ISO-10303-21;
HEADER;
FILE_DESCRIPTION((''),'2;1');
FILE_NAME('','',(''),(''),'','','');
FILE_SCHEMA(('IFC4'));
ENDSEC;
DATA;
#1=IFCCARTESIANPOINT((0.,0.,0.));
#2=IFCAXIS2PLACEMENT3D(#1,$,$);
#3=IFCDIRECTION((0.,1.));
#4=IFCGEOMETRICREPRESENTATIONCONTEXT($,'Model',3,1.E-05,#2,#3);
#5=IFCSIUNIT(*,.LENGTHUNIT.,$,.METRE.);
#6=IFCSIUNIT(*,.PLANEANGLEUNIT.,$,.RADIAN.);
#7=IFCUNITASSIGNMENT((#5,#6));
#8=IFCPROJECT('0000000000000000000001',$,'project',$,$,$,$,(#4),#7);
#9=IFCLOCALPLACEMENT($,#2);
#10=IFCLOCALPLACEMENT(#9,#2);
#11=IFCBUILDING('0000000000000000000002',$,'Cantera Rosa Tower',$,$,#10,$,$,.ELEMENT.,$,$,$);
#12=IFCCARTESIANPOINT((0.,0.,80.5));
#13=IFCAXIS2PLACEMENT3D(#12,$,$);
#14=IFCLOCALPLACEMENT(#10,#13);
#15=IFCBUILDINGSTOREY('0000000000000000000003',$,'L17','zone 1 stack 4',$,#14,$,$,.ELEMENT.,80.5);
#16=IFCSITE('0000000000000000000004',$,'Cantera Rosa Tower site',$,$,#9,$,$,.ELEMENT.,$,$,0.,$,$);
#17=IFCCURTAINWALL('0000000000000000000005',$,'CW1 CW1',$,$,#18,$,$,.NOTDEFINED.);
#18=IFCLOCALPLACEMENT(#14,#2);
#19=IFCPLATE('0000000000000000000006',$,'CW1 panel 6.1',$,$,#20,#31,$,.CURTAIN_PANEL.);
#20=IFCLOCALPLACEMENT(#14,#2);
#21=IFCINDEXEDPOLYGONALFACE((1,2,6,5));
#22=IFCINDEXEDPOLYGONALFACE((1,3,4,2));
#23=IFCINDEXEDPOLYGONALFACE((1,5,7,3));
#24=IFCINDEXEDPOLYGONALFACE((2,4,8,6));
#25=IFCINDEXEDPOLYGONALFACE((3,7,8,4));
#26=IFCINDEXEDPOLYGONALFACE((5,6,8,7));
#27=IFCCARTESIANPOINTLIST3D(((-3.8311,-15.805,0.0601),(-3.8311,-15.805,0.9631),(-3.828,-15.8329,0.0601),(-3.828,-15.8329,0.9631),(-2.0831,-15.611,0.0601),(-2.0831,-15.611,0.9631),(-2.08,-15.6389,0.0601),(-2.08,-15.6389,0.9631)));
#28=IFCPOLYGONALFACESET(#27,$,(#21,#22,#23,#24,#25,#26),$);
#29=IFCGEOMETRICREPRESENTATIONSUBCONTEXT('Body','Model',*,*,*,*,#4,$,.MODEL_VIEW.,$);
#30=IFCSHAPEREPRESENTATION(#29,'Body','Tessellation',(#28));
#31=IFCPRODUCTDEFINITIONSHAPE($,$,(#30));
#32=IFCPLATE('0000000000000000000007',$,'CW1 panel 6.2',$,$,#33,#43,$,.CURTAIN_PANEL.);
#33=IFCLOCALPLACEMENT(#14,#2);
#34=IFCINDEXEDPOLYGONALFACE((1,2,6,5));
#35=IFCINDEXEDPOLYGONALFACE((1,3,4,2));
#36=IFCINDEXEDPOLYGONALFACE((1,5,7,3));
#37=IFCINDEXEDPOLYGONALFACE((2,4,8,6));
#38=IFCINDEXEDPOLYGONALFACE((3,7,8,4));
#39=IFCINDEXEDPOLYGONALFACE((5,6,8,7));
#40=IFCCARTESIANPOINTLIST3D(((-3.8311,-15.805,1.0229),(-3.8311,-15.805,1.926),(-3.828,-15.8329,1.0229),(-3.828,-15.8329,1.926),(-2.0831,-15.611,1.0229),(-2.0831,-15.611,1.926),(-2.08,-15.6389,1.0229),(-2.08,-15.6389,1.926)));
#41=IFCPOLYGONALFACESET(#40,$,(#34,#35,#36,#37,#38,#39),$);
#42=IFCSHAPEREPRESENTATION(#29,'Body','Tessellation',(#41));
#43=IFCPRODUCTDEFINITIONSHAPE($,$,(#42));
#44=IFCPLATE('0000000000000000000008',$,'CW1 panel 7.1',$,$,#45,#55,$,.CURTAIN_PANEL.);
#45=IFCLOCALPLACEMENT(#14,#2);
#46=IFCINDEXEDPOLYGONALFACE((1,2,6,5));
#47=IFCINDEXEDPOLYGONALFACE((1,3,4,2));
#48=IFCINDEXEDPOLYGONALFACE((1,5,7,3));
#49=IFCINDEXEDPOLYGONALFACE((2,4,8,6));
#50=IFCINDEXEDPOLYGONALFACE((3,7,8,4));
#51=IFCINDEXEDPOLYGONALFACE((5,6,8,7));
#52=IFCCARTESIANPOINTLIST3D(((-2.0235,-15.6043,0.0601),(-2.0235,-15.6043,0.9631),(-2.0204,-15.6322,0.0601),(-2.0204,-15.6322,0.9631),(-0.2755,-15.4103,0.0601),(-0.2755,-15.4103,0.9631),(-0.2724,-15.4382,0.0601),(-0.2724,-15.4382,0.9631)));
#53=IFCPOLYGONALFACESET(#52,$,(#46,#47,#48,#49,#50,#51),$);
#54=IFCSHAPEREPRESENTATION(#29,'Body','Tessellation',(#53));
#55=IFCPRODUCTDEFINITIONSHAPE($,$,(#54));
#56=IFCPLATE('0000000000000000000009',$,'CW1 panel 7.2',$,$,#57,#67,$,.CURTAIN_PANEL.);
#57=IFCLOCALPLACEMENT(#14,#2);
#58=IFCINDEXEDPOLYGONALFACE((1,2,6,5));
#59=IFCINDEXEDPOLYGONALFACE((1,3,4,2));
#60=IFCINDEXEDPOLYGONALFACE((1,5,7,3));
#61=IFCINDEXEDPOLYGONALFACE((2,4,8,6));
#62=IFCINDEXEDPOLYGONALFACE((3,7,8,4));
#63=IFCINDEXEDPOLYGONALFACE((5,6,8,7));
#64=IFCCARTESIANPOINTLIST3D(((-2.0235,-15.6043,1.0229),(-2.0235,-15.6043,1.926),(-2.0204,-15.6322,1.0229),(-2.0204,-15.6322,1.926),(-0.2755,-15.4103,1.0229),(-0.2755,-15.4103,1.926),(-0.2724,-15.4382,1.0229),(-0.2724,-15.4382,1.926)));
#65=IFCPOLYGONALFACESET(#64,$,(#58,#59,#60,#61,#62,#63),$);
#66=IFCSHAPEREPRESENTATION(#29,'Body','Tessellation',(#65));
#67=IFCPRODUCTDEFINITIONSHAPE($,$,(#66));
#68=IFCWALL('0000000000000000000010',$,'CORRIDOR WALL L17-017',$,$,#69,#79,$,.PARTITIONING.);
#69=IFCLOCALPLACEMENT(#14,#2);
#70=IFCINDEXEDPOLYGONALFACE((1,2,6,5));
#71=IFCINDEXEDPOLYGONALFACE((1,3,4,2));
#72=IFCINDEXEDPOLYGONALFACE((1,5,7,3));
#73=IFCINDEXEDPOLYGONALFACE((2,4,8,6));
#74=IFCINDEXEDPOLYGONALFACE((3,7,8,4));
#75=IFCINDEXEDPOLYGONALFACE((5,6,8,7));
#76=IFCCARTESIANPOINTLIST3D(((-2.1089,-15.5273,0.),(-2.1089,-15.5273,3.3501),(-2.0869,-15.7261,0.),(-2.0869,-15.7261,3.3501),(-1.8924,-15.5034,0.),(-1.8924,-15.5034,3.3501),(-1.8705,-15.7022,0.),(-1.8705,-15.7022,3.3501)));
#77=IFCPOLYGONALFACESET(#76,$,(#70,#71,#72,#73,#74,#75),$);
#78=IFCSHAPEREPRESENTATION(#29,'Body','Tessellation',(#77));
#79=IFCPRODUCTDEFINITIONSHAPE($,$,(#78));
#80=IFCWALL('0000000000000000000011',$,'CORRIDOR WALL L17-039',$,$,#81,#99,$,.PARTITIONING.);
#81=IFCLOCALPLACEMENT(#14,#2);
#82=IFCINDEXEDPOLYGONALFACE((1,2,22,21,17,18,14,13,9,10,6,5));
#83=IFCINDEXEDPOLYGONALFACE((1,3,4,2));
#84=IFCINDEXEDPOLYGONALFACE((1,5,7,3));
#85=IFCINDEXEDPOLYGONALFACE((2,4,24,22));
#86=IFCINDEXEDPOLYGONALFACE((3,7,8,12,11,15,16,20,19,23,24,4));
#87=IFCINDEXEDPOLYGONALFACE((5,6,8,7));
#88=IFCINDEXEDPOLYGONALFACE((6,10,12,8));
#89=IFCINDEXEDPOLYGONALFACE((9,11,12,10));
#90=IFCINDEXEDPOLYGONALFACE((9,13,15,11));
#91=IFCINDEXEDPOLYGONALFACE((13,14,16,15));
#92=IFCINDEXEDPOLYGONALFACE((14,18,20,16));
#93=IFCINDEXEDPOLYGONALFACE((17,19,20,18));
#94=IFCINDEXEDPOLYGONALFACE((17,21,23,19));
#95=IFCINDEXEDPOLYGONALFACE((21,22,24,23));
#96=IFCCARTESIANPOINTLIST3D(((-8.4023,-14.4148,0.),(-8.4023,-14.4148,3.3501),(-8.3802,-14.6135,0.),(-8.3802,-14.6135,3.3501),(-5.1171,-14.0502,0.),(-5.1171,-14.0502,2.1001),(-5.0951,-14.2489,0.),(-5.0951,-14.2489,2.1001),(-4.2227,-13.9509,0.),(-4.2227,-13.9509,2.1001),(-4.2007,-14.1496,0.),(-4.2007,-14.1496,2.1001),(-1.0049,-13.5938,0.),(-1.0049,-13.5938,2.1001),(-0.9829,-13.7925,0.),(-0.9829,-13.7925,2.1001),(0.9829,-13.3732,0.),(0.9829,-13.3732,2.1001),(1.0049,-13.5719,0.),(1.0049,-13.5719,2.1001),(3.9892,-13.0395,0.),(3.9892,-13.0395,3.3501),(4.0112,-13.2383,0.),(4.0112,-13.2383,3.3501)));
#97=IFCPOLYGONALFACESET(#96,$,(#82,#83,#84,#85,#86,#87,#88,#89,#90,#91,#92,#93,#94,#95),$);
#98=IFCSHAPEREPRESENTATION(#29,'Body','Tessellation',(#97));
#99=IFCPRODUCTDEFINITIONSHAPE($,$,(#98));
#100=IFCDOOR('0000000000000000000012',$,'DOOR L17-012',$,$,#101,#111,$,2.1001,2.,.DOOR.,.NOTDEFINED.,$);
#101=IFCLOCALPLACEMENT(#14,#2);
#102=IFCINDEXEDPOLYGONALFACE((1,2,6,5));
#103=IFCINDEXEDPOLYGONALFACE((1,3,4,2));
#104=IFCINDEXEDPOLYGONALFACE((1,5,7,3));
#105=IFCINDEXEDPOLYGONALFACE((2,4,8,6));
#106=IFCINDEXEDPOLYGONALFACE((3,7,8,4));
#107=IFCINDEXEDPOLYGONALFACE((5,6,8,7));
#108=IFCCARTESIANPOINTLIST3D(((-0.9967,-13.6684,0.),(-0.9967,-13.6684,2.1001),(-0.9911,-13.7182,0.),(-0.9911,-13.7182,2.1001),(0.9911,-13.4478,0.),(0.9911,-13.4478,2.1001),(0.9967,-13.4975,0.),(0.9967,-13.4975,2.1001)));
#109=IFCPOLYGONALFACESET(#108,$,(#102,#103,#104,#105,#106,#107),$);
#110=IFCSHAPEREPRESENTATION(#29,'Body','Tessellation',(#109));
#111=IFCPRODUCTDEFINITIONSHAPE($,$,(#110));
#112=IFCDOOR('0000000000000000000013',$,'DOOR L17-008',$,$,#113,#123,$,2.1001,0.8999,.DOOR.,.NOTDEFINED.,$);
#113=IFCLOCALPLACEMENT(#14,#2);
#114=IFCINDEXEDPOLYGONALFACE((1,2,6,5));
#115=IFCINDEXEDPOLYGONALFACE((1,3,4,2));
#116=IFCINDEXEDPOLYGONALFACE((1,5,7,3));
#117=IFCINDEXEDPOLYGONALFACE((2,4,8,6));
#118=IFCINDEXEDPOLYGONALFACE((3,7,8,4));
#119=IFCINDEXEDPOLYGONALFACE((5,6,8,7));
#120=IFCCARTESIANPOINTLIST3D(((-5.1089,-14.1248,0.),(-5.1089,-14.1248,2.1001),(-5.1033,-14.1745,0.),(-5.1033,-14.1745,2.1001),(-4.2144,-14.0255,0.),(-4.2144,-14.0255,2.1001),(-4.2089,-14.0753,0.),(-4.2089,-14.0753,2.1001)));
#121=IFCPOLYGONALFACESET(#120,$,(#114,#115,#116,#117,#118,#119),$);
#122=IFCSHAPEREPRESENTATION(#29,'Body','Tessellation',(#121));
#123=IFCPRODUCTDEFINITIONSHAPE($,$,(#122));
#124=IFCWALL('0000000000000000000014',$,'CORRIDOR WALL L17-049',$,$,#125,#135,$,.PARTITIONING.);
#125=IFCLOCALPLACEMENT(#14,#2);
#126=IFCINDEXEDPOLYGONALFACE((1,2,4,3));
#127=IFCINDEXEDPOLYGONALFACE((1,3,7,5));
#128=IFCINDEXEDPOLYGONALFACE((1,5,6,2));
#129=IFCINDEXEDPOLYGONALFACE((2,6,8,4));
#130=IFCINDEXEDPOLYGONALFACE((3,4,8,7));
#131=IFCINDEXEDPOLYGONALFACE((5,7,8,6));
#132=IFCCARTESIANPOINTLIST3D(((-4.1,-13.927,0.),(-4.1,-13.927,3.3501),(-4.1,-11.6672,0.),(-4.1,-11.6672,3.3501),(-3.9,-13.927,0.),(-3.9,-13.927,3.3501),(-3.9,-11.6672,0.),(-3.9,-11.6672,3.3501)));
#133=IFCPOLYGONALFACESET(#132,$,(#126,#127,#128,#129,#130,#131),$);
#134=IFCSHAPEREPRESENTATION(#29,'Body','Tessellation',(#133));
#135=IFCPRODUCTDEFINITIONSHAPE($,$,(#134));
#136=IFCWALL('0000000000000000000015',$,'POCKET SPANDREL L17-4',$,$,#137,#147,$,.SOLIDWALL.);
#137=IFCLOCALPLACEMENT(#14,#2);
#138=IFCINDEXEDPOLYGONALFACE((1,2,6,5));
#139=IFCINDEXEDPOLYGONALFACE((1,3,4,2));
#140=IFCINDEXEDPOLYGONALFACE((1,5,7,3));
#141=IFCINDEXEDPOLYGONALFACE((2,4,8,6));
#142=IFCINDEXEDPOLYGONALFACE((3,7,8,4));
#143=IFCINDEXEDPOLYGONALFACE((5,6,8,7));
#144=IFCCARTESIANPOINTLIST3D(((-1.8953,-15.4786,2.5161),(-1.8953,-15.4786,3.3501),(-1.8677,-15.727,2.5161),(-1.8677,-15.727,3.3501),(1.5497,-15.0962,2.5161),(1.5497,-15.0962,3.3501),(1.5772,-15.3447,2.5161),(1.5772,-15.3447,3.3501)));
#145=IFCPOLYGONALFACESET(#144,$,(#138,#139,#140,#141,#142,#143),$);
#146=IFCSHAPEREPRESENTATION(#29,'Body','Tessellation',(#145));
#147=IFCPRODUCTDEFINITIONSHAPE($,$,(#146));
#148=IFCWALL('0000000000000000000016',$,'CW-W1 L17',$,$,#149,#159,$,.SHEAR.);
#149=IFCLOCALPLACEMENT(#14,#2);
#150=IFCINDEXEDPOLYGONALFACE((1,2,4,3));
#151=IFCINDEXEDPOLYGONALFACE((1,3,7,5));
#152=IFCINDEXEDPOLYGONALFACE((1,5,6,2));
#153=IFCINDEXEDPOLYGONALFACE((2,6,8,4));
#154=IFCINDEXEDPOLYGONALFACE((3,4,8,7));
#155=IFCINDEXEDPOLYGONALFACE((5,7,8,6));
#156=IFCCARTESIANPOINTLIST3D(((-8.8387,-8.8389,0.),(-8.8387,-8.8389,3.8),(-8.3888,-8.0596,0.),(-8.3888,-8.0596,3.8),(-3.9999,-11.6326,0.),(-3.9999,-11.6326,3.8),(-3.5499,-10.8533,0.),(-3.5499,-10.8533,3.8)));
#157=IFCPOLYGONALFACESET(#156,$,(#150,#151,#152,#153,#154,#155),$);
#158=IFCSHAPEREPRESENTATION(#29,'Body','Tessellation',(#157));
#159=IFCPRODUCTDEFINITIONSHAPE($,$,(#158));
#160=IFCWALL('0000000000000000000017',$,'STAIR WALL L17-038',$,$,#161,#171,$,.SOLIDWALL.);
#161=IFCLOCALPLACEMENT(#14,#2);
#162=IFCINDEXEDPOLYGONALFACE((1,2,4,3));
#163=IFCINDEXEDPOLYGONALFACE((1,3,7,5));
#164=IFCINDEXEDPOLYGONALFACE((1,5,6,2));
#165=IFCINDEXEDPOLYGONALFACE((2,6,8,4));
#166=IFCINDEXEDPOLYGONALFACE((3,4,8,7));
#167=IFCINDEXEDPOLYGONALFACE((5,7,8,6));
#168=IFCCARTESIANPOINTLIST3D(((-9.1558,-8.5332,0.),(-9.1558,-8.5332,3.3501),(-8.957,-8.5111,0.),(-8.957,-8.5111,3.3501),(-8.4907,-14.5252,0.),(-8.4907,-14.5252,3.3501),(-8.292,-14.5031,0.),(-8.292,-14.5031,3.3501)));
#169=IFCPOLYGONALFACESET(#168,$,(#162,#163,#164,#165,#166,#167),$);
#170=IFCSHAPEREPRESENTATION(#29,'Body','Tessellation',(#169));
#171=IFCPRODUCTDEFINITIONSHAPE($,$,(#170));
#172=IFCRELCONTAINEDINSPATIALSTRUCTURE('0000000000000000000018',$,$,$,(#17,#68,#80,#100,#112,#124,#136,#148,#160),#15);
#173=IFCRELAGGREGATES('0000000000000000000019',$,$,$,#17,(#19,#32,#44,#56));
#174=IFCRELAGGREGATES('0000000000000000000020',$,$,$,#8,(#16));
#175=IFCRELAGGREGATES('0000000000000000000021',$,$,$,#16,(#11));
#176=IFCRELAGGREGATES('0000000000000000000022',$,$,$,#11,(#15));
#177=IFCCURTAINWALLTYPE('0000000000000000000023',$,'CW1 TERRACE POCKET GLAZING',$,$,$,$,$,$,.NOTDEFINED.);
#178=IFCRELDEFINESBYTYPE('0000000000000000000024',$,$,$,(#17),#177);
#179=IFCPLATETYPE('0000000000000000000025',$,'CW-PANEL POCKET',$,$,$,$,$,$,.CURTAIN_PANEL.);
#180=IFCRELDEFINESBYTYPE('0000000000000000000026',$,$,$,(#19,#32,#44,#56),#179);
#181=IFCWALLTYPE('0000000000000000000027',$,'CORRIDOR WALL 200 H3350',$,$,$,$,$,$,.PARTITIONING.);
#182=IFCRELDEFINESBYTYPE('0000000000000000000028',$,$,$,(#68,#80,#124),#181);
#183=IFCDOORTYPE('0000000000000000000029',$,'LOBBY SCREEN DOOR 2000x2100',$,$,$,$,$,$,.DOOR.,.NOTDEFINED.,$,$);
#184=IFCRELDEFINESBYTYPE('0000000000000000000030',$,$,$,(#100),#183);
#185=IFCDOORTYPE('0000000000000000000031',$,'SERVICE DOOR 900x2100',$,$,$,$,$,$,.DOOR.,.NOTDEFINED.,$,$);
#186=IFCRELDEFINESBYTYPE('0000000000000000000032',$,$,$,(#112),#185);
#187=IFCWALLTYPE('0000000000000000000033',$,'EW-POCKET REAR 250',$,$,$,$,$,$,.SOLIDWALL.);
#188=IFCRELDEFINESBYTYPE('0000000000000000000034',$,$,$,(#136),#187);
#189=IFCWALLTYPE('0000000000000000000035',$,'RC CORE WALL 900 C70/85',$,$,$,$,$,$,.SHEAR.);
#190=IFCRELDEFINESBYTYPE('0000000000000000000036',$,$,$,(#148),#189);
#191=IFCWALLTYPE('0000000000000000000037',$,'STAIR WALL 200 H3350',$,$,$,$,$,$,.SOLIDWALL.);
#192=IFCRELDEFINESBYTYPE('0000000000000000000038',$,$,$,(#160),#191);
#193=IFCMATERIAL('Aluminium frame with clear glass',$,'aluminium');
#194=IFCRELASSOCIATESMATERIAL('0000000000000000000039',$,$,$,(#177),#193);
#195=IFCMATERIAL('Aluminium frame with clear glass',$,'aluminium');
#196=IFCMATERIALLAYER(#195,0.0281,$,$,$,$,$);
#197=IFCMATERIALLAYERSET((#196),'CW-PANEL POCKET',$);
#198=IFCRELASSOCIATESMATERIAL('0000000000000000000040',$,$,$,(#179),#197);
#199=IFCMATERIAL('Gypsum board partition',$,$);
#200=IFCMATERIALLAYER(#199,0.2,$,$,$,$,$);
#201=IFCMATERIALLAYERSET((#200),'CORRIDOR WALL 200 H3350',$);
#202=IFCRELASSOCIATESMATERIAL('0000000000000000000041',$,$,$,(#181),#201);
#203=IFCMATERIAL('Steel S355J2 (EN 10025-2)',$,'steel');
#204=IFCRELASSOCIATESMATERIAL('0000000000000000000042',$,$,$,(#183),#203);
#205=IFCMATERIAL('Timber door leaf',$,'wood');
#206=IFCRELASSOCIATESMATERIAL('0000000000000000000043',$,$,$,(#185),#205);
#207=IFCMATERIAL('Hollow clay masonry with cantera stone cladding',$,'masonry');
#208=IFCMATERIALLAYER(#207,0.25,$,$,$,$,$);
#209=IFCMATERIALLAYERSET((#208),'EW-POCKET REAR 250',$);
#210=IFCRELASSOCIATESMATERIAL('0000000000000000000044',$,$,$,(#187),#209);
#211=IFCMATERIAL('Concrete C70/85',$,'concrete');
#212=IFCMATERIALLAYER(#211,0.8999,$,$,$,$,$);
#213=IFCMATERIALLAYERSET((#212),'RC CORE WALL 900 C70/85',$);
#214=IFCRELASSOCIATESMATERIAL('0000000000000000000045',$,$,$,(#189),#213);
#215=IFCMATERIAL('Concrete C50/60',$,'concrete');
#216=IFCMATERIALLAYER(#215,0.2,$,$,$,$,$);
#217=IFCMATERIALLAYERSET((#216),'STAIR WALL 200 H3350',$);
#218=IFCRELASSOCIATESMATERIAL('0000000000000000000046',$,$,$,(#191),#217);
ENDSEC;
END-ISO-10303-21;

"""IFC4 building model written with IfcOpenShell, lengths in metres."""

from ifc_helpers import new_model, si_unit, direction, frame, frame_2d, origin, origin_2d, place, context, subcontext, project, spatial, rectangle, extrude, material, layer, layer_set, type_object, element, fill, aggregate, save


model = new_model("IFC4")

# Units and contexts
model_context = context("Model", 3, precision=1e-05, world=origin(), true_north=direction((0.0, 1.0)))
body_context = subcontext(model_context, "Body", "Model", "MODEL_VIEW")
ifc_project = project(units=[si_unit("LENGTHUNIT", "METRE"), si_unit("PLANEANGLEUNIT", "RADIAN")], contexts=[model_context])

# Site, building, storey
site_placement = place(None, origin())
site = spatial("IfcSite", under=ifc_project, at=site_placement, Name="Cantera Rosa Tower site", CompositionType="ELEMENT", RefElevation=0.0)
building_placement = place(site_placement, origin())
building = spatial("IfcBuilding", under=site, at=building_placement, Name="Cantera Rosa Tower", CompositionType="ELEMENT")
storey_placement = place(building_placement, frame((0.0, 0.0, 80.5)))
storey = spatial("IfcBuildingStorey", under=building, at=storey_placement, Name="L17", Description="zone 1 stack 4", CompositionType="ELEMENT", Elevation=80.5)

# Curtain wall
ifc_material_1 = material(Name="Aluminium frame with clear glass", Category="aluminium")
curtain_wall_type = type_object("IfcCurtainWallType", Name="CW1 TERRACE POCKET GLAZING", PredefinedType="NOTDEFINED", material=ifc_material_1)
curtain_wall_placement = place(storey_placement, origin())
curtain_wall = element("IfcCurtainWall", 1, at=curtain_wall_placement, inside=storey, type_object=curtain_wall_type, Name="CW1 CW1", PredefinedType="NOTDEFINED")

# Plates
ifc_material_2 = material(Name="Aluminium frame with clear glass", Category="aluminium")
ifc_layer_1 = layer(ifc_material_2, 0.0281)
ifc_layer_set_1 = layer_set([ifc_layer_1], Name="CW-PANEL POCKET")
plate_type = type_object("IfcPlateType", Name="CW-PANEL POCKET", PredefinedType="CURTAIN_PANEL", material=ifc_layer_set_1)
plate_1_placement = place(storey_placement, frame((-2.9556, -15.7219, 0.0601), z_axis=(0.0, 0.0, 1.0), x_axis=(0.993897, 0.110313, 0.0)))
plate_1 = element("IfcPlate", 2, at=plate_1_placement, type_object=plate_type, Name="CW1 panel 6.1", PredefinedType="CURTAIN_PANEL", context=body_context, shape_type="SweptSolid", body=[
    extrude(rectangle(XDim=1.7588, YDim=0.0281, at=origin_2d()), origin(), (0.0, 0.0, 1.0), 0.9031),
])
plate_2_placement = place(storey_placement, frame((-2.9556, -15.7219, 1.0229), z_axis=(0.0, 0.0, 1.0), x_axis=(0.993897, 0.110313, 0.0)))
plate_2 = element("IfcPlate", 3, at=plate_2_placement, type_object=plate_type, Name="CW1 panel 6.2", PredefinedType="CURTAIN_PANEL", context=body_context, shape_type="SweptSolid", body=[
    extrude(rectangle(XDim=1.7588, YDim=0.0281, at=origin_2d()), origin(), (0.0, 0.0, 1.0), 0.9031),
])
plate_3_placement = place(storey_placement, frame((-1.1479, -15.5212, 0.0601), z_axis=(0.0, 0.0, 1.0), x_axis=(0.993897, 0.110313, 0.0)))
plate_3 = element("IfcPlate", 4, at=plate_3_placement, type_object=plate_type, Name="CW1 panel 7.1", PredefinedType="CURTAIN_PANEL", context=body_context, shape_type="SweptSolid", body=[
    extrude(rectangle(XDim=1.7588, YDim=0.0281, at=origin_2d()), origin(), (0.0, 0.0, 1.0), 0.9031),
])
plate_4_placement = place(storey_placement, frame((-1.1479, -15.5212, 1.0229), z_axis=(0.0, 0.0, 1.0), x_axis=(0.993897, 0.110313, 0.0)))
plate_4 = element("IfcPlate", 5, at=plate_4_placement, type_object=plate_type, Name="CW1 panel 7.2", PredefinedType="CURTAIN_PANEL", context=body_context, shape_type="SweptSolid", body=[
    extrude(rectangle(XDim=1.7588, YDim=0.0281, at=origin_2d()), origin(), (0.0, 0.0, 1.0), 0.9031),
])
aggregate(curtain_wall, [plate_1, plate_2, plate_3, plate_4])

# Wall
ifc_material_3 = material(Name="Gypsum board partition")
ifc_layer_2 = layer(ifc_material_3, 0.2)
ifc_layer_set_2 = layer_set([ifc_layer_2], Name="CORRIDOR WALL 200 H3350")
wall_type_1 = type_object("IfcWallType", Name="CORRIDOR WALL 200 H3350", PredefinedType="PARTITIONING", material=ifc_layer_set_2)
wall_1_placement = place(storey_placement, frame((-2.0979, -15.6267, 0.0), z_axis=(0.0, 0.0, 1.0), x_axis=(0.993952, 0.109817, 0.0)))
element("IfcWall", 6, at=wall_1_placement, inside=storey, type_object=wall_type_1, Name="CORRIDOR WALL L17-017", PredefinedType="PARTITIONING", context=body_context, shape_type="SweptSolid", body=[
    extrude(rectangle(XDim=0.2178, YDim=0.2, at=frame_2d((0.1089, 0.0))), origin(), (0.0, 0.0, 1.0), 3.3501),
])

# Wall, openings, doors
wall_2_placement = place(storey_placement, frame((-8.3914, -14.5142, 0.0), z_axis=(0.0, 0.0, 1.0), x_axis=(0.993898, 0.110307, 0.0)))
wall_2 = element("IfcWall", 7, at=wall_2_placement, inside=storey, type_object=wall_type_1, Name="CORRIDOR WALL L17-039", PredefinedType="PARTITIONING", context=body_context, shape_type="SweptSolid", body=[
    extrude(rectangle(XDim=12.4675, YDim=0.2, at=frame_2d((6.2339, 0.0))), origin(), (0.0, 0.0, 1.0), 3.3501),
])
opening_1_placement = place(wall_2_placement, frame((3.3054, 0.0, 0.0)))
opening_1 = element("IfcOpeningElement", 8, at=opening_1_placement, cuts=wall_2, PredefinedType="OPENING", context=body_context, shape_type="SweptSolid", body=[
    extrude(rectangle(XDim=0.8999, YDim=2.1001, at=frame_2d((0.45, 1.05))), frame((0.0, 0.1099, 0.0), z_axis=(0.0, -1.0, 0.0), x_axis=(1.0, 0.0, 0.0)), (0.0, 0.0, 1.0), 0.22),
])
opening_2_placement = place(wall_2_placement, frame((7.4429, 0.0, 0.0)))
opening_2 = element("IfcOpeningElement", 9, at=opening_2_placement, cuts=wall_2, PredefinedType="OPENING", context=body_context, shape_type="SweptSolid", body=[
    extrude(rectangle(XDim=2.0, YDim=2.1001, at=frame_2d((1.0, 1.05))), frame((0.0, 0.1099, 0.0), z_axis=(0.0, -1.0, 0.0), x_axis=(1.0, 0.0, 0.0)), (0.0, 0.0, 1.0), 0.22),
])
ifc_material_4 = material(Name="Steel S355J2 (EN 10025-2)", Category="steel")
door_type_1 = type_object("IfcDoorType", Name="LOBBY SCREEN DOOR 2000x2100", OperationType="NOTDEFINED", PredefinedType="DOOR", material=ifc_material_4)
door_1_placement = place(opening_2_placement, origin())
door_1 = element("IfcDoor", 10, at=door_1_placement, inside=storey, type_object=door_type_1, Name="DOOR L17-012", OperationType="NOTDEFINED", OverallHeight=2.1001, OverallWidth=2.0, PredefinedType="DOOR", context=body_context, shape_type="SweptSolid", body=[
    extrude(rectangle(XDim=2.0, YDim=2.1001, at=frame_2d((1.0, 1.05))), frame((0.0, 0.0249, 0.0), z_axis=(0.0, -1.0, 0.0), x_axis=(1.0, 0.0, 0.0)), (0.0, 0.0, 1.0), 0.05),
])
fill(opening_2, door_1)
ifc_material_5 = material(Name="Timber door leaf", Category="wood")
door_type_2 = type_object("IfcDoorType", Name="SERVICE DOOR 900x2100", OperationType="NOTDEFINED", PredefinedType="DOOR", material=ifc_material_5)
door_2_placement = place(opening_1_placement, origin())
door_2 = element("IfcDoor", 11, at=door_2_placement, inside=storey, type_object=door_type_2, Name="DOOR L17-008", OperationType="NOTDEFINED", OverallHeight=2.1001, OverallWidth=0.8999, PredefinedType="DOOR", context=body_context, shape_type="SweptSolid", body=[
    extrude(rectangle(XDim=0.8999, YDim=2.1001, at=frame_2d((0.45, 1.05))), frame((0.0, 0.0249, 0.0), z_axis=(0.0, -1.0, 0.0), x_axis=(1.0, 0.0, 0.0)), (0.0, 0.0, 1.0), 0.05),
])
fill(opening_1, door_2)

# Walls
wall_3_placement = place(storey_placement, frame((-4.0, -11.6672, 0.0), z_axis=(0.0, 0.0, 1.0), x_axis=(0.0, -1.0, 0.0)))
element("IfcWall", 12, at=wall_3_placement, inside=storey, type_object=wall_type_1, Name="CORRIDOR WALL L17-049", PredefinedType="PARTITIONING", context=body_context, shape_type="SweptSolid", body=[
    extrude(rectangle(XDim=2.2598, YDim=0.2, at=frame_2d((1.1299, 0.0))), origin(), (0.0, 0.0, 1.0), 3.3501),
])
ifc_material_6 = material(Name="Hollow clay masonry with cantera stone cladding", Category="masonry")
ifc_layer_3 = layer(ifc_material_6, 0.25)
ifc_layer_set_3 = layer_set([ifc_layer_3], Name="EW-POCKET REAR 250")
wall_type_2 = type_object("IfcWallType", Name="EW-POCKET REAR 250", PredefinedType="SOLIDWALL", material=ifc_layer_set_3)
wall_4_placement = place(storey_placement, frame((-1.8813, -15.6028, 2.5161), z_axis=(0.0, 0.0, 1.0), x_axis=(0.993897, 0.110308, 0.0)))
element("IfcWall", 13, at=wall_4_placement, inside=storey, type_object=wall_type_2, Name="POCKET SPANDREL L17-4", PredefinedType="SOLIDWALL", context=body_context, shape_type="SweptSolid", body=[
    extrude(rectangle(XDim=3.4661, YDim=0.25, at=frame_2d((1.7329, 0.0))), origin(), (0.0, 0.0, 1.0), 0.834),
])
ifc_material_7 = material(Name="Concrete C70/85", Category="concrete")
ifc_layer_4 = layer(ifc_material_7, 0.8999)
ifc_layer_set_4 = layer_set([ifc_layer_4], Name="RC CORE WALL 900 C70/85")
wall_type_3 = type_object("IfcWallType", Name="RC CORE WALL 900 C70/85", PredefinedType="SHEAR", material=ifc_layer_set_4)
wall_5_placement = place(storey_placement, frame((-3.7749, -11.2429, 0.0), z_axis=(0.0, 0.0, 1.0), x_axis=(-0.866027, 0.499997, 0.0)))
element("IfcWall", 14, at=wall_5_placement, inside=storey, type_object=wall_type_3, Name="CW-W1 L17", PredefinedType="SHEAR", context=body_context, shape_type="SweptSolid", body=[
    extrude(rectangle(XDim=5.5874, YDim=0.8999, at=frame_2d((2.7937, 0.0))), origin(), (0.0, 0.0, 1.0), 3.8),
])
ifc_material_8 = material(Name="Concrete C50/60", Category="concrete")
ifc_layer_5 = layer(ifc_material_8, 0.2)
ifc_layer_set_5 = layer_set([ifc_layer_5], Name="STAIR WALL 200 H3350")
wall_type_4 = type_object("IfcWallType", Name="STAIR WALL 200 H3350", PredefinedType="SOLIDWALL", material=ifc_layer_set_5)
wall_6_placement = place(storey_placement, frame((-8.3914, -14.5142, 0.0), z_axis=(0.0, 0.0, 1.0), x_axis=(-0.110312, 0.993897, 0.0)))
element("IfcWall", 15, at=wall_6_placement, inside=storey, type_object=wall_type_4, Name="STAIR WALL L17-038", PredefinedType="SOLIDWALL", context=body_context, shape_type="SweptSolid", body=[
    extrude(rectangle(XDim=6.0288, YDim=0.2, at=frame_2d((3.0144, 0.0))), origin(), (0.0, 0.0, 1.0), 3.3501),
])

save(model, "model.ifc")
